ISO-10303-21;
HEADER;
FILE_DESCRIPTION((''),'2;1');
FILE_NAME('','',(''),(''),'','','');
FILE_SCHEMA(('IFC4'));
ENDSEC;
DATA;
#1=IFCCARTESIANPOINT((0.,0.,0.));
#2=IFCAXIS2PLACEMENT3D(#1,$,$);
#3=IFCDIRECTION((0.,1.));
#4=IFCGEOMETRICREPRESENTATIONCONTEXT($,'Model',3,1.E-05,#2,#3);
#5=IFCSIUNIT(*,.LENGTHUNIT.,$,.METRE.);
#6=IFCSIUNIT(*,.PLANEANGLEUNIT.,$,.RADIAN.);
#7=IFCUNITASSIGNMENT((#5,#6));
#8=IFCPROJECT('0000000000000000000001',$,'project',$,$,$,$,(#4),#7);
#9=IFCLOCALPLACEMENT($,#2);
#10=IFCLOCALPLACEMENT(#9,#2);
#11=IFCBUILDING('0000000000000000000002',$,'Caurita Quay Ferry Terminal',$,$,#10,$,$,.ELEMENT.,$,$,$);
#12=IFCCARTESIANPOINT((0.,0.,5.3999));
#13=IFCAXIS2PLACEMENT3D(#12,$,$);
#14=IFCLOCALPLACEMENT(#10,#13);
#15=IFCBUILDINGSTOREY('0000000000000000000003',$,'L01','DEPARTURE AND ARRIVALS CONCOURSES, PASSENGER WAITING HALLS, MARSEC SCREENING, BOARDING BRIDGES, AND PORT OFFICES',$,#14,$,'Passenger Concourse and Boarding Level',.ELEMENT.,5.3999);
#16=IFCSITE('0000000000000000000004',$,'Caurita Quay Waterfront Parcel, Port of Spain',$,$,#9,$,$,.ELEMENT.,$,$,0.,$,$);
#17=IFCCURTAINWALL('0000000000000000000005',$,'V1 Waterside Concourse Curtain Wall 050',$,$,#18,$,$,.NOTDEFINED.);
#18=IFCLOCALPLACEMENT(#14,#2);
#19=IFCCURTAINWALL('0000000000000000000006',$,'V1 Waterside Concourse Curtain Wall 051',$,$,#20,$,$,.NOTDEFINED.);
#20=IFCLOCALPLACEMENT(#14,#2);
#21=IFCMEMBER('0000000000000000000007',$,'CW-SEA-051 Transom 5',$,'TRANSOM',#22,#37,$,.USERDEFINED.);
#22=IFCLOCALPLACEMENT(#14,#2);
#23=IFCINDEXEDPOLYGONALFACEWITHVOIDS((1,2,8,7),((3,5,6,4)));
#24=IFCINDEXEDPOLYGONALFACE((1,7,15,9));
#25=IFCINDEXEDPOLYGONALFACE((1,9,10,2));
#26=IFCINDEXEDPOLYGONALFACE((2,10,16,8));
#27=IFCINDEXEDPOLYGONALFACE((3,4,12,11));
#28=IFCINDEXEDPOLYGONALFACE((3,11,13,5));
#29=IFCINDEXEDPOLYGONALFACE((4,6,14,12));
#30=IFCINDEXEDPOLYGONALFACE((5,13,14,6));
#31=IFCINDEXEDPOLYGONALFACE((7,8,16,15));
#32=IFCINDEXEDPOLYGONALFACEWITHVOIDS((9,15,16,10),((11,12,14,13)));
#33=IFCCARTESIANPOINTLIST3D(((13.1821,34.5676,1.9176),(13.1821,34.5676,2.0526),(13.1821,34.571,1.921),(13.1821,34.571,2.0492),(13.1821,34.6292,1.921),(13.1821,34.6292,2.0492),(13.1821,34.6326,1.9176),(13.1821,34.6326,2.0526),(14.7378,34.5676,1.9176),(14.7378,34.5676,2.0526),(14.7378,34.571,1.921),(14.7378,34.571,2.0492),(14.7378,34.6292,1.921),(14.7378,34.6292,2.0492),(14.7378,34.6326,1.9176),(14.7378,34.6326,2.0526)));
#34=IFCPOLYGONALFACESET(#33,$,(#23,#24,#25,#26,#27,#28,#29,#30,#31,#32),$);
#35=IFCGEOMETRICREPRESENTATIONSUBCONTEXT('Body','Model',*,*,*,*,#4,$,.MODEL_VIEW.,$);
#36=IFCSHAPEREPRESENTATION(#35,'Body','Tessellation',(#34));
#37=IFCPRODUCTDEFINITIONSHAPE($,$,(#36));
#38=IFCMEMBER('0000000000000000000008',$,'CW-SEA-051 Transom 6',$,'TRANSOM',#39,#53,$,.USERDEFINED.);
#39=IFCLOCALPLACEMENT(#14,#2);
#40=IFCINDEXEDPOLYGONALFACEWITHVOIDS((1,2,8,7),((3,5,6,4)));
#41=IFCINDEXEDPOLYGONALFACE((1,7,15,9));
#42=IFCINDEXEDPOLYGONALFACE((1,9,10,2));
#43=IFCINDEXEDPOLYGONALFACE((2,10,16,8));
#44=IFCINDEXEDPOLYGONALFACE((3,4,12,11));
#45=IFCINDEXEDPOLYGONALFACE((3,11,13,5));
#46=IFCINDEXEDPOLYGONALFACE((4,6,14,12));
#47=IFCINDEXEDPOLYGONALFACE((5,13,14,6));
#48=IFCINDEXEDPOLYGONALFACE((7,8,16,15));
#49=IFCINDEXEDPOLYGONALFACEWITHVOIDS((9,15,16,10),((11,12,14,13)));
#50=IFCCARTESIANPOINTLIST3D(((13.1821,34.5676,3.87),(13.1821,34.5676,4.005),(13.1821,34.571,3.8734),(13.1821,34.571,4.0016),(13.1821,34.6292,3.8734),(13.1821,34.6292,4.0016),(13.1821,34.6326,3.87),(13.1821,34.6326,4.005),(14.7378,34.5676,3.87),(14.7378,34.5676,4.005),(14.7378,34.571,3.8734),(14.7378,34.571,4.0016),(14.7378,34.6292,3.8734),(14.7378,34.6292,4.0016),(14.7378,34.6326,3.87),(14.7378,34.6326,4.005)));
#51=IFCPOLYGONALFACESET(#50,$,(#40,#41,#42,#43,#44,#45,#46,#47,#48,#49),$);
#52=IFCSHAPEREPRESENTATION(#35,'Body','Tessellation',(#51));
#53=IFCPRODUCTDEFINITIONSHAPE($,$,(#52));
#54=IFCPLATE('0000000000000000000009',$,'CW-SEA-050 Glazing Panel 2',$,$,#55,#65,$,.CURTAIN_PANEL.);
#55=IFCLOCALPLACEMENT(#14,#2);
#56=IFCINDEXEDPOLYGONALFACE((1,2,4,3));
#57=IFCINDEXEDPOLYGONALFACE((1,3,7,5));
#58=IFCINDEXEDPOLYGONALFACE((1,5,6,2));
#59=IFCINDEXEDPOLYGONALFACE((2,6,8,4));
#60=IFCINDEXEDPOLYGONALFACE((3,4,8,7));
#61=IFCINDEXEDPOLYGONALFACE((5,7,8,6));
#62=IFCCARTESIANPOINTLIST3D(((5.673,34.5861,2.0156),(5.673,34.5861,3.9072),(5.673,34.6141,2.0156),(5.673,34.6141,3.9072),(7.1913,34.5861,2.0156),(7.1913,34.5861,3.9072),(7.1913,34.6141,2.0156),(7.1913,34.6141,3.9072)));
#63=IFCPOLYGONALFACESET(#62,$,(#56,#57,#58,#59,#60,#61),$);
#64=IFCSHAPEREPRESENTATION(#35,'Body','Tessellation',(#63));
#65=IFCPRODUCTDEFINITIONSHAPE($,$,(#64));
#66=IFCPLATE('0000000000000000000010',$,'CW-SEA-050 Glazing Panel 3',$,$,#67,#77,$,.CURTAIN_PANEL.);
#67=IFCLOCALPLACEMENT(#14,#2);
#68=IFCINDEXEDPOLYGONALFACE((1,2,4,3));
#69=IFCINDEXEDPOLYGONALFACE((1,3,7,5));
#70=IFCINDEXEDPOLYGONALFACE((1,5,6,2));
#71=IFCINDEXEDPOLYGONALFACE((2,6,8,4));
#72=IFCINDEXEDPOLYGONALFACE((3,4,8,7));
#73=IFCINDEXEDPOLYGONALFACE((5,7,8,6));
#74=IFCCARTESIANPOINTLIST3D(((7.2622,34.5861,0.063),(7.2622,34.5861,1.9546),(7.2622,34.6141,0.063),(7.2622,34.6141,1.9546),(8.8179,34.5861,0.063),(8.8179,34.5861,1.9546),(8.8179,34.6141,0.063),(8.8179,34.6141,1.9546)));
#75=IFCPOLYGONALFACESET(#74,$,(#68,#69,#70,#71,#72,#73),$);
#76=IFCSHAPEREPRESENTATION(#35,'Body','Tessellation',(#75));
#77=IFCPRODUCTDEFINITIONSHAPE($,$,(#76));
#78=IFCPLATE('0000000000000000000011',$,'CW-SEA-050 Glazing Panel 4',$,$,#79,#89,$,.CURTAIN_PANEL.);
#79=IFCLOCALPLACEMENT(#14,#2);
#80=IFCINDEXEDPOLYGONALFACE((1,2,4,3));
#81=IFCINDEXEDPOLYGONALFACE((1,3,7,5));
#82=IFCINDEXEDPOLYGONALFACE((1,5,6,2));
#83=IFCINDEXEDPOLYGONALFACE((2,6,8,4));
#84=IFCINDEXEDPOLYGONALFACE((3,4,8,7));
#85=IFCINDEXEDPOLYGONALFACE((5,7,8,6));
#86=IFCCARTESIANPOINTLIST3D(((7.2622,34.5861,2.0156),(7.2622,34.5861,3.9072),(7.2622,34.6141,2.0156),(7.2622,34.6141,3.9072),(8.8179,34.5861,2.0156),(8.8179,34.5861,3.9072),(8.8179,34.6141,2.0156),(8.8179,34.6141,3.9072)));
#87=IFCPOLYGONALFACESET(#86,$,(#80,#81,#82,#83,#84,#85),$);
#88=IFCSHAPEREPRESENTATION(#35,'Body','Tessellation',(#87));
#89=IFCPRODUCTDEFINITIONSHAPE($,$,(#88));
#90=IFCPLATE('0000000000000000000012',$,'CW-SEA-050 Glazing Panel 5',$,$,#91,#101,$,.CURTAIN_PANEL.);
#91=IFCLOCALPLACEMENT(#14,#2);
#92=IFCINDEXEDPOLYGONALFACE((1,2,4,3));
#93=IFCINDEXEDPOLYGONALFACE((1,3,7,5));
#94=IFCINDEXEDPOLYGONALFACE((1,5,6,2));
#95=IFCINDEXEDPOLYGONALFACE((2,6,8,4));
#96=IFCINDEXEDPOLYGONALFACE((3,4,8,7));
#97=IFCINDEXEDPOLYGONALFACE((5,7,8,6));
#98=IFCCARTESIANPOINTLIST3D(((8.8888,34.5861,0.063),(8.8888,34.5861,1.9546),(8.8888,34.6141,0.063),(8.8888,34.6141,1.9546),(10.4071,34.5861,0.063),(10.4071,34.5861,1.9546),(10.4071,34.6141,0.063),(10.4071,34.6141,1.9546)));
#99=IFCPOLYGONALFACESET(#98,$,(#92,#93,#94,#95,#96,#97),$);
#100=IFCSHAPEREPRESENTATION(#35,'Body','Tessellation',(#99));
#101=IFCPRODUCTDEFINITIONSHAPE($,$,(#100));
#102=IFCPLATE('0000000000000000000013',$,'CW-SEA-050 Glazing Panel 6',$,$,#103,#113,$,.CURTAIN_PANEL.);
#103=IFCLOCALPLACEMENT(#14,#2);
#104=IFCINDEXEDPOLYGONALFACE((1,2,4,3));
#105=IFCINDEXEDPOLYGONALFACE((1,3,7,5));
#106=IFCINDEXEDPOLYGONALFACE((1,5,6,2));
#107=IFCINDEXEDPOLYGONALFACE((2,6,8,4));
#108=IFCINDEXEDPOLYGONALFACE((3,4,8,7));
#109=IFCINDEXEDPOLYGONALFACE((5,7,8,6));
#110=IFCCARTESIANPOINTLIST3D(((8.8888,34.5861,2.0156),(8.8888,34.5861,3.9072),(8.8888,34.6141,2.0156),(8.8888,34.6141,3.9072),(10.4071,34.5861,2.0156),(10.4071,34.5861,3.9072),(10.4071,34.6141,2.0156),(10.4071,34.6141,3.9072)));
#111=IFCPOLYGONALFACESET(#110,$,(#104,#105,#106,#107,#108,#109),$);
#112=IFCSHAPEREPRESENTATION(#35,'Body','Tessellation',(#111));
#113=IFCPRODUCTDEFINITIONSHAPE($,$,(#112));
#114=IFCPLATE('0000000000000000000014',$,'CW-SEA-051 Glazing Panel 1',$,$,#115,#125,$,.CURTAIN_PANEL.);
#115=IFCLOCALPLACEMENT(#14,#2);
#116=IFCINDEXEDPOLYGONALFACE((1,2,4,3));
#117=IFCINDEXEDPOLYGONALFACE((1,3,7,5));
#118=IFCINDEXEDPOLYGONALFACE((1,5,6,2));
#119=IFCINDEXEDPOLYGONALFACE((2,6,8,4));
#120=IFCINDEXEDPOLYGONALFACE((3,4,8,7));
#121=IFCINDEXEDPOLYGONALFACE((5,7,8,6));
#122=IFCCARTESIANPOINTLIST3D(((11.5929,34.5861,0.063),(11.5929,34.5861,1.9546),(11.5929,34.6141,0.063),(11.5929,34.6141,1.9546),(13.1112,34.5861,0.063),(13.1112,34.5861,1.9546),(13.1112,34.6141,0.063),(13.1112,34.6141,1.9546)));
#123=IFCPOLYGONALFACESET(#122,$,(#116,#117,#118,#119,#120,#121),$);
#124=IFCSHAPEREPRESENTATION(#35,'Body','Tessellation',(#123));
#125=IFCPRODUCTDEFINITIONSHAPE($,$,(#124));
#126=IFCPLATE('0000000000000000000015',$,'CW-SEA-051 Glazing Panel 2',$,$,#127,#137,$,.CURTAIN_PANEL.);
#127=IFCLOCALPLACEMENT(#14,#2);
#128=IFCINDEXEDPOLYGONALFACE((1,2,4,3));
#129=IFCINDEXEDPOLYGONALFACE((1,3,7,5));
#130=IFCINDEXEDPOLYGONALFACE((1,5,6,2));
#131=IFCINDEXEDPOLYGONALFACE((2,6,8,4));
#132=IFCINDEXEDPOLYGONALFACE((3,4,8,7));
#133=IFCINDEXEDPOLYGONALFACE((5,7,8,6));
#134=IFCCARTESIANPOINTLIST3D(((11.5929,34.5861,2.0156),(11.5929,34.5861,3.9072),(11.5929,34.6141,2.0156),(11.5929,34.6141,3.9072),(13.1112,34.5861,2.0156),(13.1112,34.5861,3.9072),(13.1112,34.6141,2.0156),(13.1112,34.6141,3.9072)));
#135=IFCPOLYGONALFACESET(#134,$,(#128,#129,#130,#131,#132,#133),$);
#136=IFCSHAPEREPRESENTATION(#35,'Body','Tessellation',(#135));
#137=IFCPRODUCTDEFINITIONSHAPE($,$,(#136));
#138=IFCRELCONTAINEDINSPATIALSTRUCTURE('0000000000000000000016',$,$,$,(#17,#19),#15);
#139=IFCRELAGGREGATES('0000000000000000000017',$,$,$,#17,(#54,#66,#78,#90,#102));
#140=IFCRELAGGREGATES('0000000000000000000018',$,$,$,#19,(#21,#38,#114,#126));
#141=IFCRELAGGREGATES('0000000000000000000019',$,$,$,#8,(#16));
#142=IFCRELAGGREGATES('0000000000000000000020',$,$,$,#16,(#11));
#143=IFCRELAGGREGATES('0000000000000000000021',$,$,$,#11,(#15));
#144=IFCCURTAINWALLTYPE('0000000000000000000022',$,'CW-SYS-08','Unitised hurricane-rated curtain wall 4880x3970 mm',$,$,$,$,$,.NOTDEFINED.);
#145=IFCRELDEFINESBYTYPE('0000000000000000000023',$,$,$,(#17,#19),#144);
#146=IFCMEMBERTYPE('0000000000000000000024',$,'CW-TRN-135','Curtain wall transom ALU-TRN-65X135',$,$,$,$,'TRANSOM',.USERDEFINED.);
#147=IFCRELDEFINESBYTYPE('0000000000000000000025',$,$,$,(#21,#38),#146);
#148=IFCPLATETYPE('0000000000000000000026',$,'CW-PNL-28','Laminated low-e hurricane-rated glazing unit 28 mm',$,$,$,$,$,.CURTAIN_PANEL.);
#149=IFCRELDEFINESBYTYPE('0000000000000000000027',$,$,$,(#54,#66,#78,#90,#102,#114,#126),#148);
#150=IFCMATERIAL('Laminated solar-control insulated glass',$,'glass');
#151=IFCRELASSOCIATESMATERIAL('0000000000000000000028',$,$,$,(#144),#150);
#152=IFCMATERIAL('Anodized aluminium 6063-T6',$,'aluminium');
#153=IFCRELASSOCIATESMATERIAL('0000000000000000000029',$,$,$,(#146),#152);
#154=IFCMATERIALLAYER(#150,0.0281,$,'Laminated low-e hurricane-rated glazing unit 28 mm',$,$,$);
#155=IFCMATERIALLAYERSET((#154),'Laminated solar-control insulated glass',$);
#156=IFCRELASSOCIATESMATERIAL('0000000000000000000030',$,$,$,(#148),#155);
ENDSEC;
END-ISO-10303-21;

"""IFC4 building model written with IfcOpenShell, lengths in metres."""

from ifc_helpers import new_model, si_unit, direction, frame, origin, origin_2d, place, context, subcontext, project, spatial, rectangle, hollow_rectangle, extrude, material, layer, layer_set, material_profile, profile_set, type_object, element, aggregate, save


model = new_model("IFC4")

# Units and contexts
model_context = context("Model", 3, precision=1e-05, world=origin(), true_north=direction((0.0, 1.0)))
body_context = subcontext(model_context, "Body", "Model", "MODEL_VIEW")
ifc_project = project(units=[si_unit("LENGTHUNIT", "METRE"), si_unit("PLANEANGLEUNIT", "RADIAN")], contexts=[model_context])

# Site, building, storey
site_placement = place(None, origin())
site = spatial("IfcSite", under=ifc_project, at=site_placement, Name="Caurita Quay Waterfront Parcel, Port of Spain", CompositionType="ELEMENT", RefElevation=0.0)
building_placement = place(site_placement, origin())
building = spatial("IfcBuilding", under=site, at=building_placement, Name="Caurita Quay Ferry Terminal", CompositionType="ELEMENT")
storey_placement = place(building_placement, frame((0.0, 0.0, 5.3999)))
storey = spatial("IfcBuildingStorey", under=building, at=storey_placement, Name="L01", Description="DEPARTURE AND ARRIVALS CONCOURSES, PASSENGER WAITING HALLS, MARSEC SCREENING, BOARDING BRIDGES, AND PORT OFFICES", LongName="Passenger Concourse and Boarding Level", CompositionType="ELEMENT", Elevation=5.3999)

# Curtain walls
ifc_material_1 = material(Name="Laminated solar-control insulated glass", Category="glass")
curtain_wall_type = type_object("IfcCurtainWallType", Name="CW-SYS-08", Description="Unitised hurricane-rated curtain wall 4880x3970 mm", PredefinedType="NOTDEFINED", material=ifc_material_1)
curtain_wall_1_placement = place(storey_placement, origin())
curtain_wall_1 = element("IfcCurtainWall", 1, at=curtain_wall_1_placement, inside=storey, type_object=curtain_wall_type, Name="V1 Waterside Concourse Curtain Wall 050", PredefinedType="NOTDEFINED")
ifc_material_2 = material(Name="Anodized aluminium 6063-T6", Category="aluminium")
curtain_wall_2_placement = place(storey_placement, origin())
curtain_wall_2 = element("IfcCurtainWall", 2, at=curtain_wall_2_placement, inside=storey, type_object=curtain_wall_type, Name="V1 Waterside Concourse Curtain Wall 051", PredefinedType="NOTDEFINED")

# Members
ifc_material_profile_1 = material_profile(ifc_material_2, hollow_rectangle(XDim=0.0649, YDim=0.135, WallThickness=0.0034, at=origin_2d()), Name="ALU-TRN-65X135")
ifc_profile_set_1 = profile_set([ifc_material_profile_1], Name="Anodized aluminium 6063-T6")
member_type_1 = type_object("IfcMemberType", Name="CW-TRN-135", Description="Curtain wall transom ALU-TRN-65X135", ElementType="TRANSOM", PredefinedType="USERDEFINED", material=ifc_profile_set_1)
member_1_placement = place(storey_placement, frame((13.1821, 34.6001, 1.9851), z_axis=(1.0, 0.0, 0.0), x_axis=(0.0, 1.0, 0.0)))
member_1 = element("IfcMember", 3, at=member_1_placement, type_object=member_type_1, Name="CW-SEA-051 Transom 5", ObjectType="TRANSOM", PredefinedType="USERDEFINED", context=body_context, shape_type="SweptSolid", body=[
    extrude(hollow_rectangle(XDim=0.0649, YDim=0.135, WallThickness=0.0034, at=origin_2d()), origin(), (0.0, 0.0, 1.0), 1.5557),
])
member_2_placement = place(storey_placement, frame((13.1821, 34.6001, 3.9375), z_axis=(1.0, 0.0, 0.0), x_axis=(0.0, 1.0, 0.0)))
member_2 = element("IfcMember", 4, at=member_2_placement, type_object=member_type_1, Name="CW-SEA-051 Transom 6", ObjectType="TRANSOM", PredefinedType="USERDEFINED", context=body_context, shape_type="SweptSolid", body=[
    extrude(hollow_rectangle(XDim=0.0649, YDim=0.135, WallThickness=0.0034, at=origin_2d()), origin(), (0.0, 0.0, 1.0), 1.5557),
])

# Plates
ifc_layer = layer(ifc_material_1, 0.0281, Name="Laminated low-e hurricane-rated glazing unit 28 mm")
ifc_layer_set = layer_set([ifc_layer], Name="Laminated solar-control insulated glass")
plate_type = type_object("IfcPlateType", Name="CW-PNL-28", Description="Laminated low-e hurricane-rated glazing unit 28 mm", PredefinedType="CURTAIN_PANEL", material=ifc_layer_set)
plate_1_placement = place(storey_placement, frame((6.4321, 34.6001, 2.0156), z_axis=(0.0, 0.0, 1.0), x_axis=(1.0, 0.0, 0.0)))
plate_1 = element("IfcPlate", 5, at=plate_1_placement, type_object=plate_type, Name="CW-SEA-050 Glazing Panel 2", PredefinedType="CURTAIN_PANEL", context=body_context, shape_type="SweptSolid", body=[
    extrude(rectangle(XDim=1.5183, YDim=0.0281, at=origin_2d()), origin(), (0.0, 0.0, 1.0), 1.8916),
])
plate_2_placement = place(storey_placement, frame((8.04, 34.6001, 0.063), z_axis=(0.0, 0.0, 1.0), x_axis=(1.0, 0.0, 0.0)))
plate_2 = element("IfcPlate", 6, at=plate_2_placement, type_object=plate_type, Name="CW-SEA-050 Glazing Panel 3", PredefinedType="CURTAIN_PANEL", context=body_context, shape_type="SweptSolid", body=[
    extrude(rectangle(XDim=1.5557, YDim=0.0281, at=origin_2d()), origin(), (0.0, 0.0, 1.0), 1.8916),
])
plate_3_placement = place(storey_placement, frame((8.04, 34.6001, 2.0156), z_axis=(0.0, 0.0, 1.0), x_axis=(1.0, 0.0, 0.0)))
plate_3 = element("IfcPlate", 7, at=plate_3_placement, type_object=plate_type, Name="CW-SEA-050 Glazing Panel 4", PredefinedType="CURTAIN_PANEL", context=body_context, shape_type="SweptSolid", body=[
    extrude(rectangle(XDim=1.5557, YDim=0.0281, at=origin_2d()), origin(), (0.0, 0.0, 1.0), 1.8916),
])
plate_4_placement = place(storey_placement, frame((9.6479, 34.6001, 0.063), z_axis=(0.0, 0.0, 1.0), x_axis=(1.0, 0.0, 0.0)))
plate_4 = element("IfcPlate", 8, at=plate_4_placement, type_object=plate_type, Name="CW-SEA-050 Glazing Panel 5", PredefinedType="CURTAIN_PANEL", context=body_context, shape_type="SweptSolid", body=[
    extrude(rectangle(XDim=1.5183, YDim=0.0281, at=origin_2d()), origin(), (0.0, 0.0, 1.0), 1.8916),
])
plate_5_placement = place(storey_placement, frame((9.6479, 34.6001, 2.0156), z_axis=(0.0, 0.0, 1.0), x_axis=(1.0, 0.0, 0.0)))
plate_5 = element("IfcPlate", 9, at=plate_5_placement, type_object=plate_type, Name="CW-SEA-050 Glazing Panel 6", PredefinedType="CURTAIN_PANEL", context=body_context, shape_type="SweptSolid", body=[
    extrude(rectangle(XDim=1.5183, YDim=0.0281, at=origin_2d()), origin(), (0.0, 0.0, 1.0), 1.8916),
])
aggregate(curtain_wall_1, [plate_1, plate_2, plate_3, plate_4, plate_5])
plate_6_placement = place(storey_placement, frame((12.3521, 34.6001, 0.063), z_axis=(0.0, 0.0, 1.0), x_axis=(1.0, 0.0, 0.0)))
plate_6 = element("IfcPlate", 10, at=plate_6_placement, type_object=plate_type, Name="CW-SEA-051 Glazing Panel 1", PredefinedType="CURTAIN_PANEL", context=body_context, shape_type="SweptSolid", body=[
    extrude(rectangle(XDim=1.5183, YDim=0.0281, at=origin_2d()), origin(), (0.0, 0.0, 1.0), 1.8916),
])
plate_7_placement = place(storey_placement, frame((12.3521, 34.6001, 2.0156), z_axis=(0.0, 0.0, 1.0), x_axis=(1.0, 0.0, 0.0)))
plate_7 = element("IfcPlate", 11, at=plate_7_placement, type_object=plate_type, Name="CW-SEA-051 Glazing Panel 2", PredefinedType="CURTAIN_PANEL", context=body_context, shape_type="SweptSolid", body=[
    extrude(rectangle(XDim=1.5183, YDim=0.0281, at=origin_2d()), origin(), (0.0, 0.0, 1.0), 1.8916),
])
aggregate(curtain_wall_2, [member_1, member_2, plate_6, plate_7])

save(model, "model.ifc")
